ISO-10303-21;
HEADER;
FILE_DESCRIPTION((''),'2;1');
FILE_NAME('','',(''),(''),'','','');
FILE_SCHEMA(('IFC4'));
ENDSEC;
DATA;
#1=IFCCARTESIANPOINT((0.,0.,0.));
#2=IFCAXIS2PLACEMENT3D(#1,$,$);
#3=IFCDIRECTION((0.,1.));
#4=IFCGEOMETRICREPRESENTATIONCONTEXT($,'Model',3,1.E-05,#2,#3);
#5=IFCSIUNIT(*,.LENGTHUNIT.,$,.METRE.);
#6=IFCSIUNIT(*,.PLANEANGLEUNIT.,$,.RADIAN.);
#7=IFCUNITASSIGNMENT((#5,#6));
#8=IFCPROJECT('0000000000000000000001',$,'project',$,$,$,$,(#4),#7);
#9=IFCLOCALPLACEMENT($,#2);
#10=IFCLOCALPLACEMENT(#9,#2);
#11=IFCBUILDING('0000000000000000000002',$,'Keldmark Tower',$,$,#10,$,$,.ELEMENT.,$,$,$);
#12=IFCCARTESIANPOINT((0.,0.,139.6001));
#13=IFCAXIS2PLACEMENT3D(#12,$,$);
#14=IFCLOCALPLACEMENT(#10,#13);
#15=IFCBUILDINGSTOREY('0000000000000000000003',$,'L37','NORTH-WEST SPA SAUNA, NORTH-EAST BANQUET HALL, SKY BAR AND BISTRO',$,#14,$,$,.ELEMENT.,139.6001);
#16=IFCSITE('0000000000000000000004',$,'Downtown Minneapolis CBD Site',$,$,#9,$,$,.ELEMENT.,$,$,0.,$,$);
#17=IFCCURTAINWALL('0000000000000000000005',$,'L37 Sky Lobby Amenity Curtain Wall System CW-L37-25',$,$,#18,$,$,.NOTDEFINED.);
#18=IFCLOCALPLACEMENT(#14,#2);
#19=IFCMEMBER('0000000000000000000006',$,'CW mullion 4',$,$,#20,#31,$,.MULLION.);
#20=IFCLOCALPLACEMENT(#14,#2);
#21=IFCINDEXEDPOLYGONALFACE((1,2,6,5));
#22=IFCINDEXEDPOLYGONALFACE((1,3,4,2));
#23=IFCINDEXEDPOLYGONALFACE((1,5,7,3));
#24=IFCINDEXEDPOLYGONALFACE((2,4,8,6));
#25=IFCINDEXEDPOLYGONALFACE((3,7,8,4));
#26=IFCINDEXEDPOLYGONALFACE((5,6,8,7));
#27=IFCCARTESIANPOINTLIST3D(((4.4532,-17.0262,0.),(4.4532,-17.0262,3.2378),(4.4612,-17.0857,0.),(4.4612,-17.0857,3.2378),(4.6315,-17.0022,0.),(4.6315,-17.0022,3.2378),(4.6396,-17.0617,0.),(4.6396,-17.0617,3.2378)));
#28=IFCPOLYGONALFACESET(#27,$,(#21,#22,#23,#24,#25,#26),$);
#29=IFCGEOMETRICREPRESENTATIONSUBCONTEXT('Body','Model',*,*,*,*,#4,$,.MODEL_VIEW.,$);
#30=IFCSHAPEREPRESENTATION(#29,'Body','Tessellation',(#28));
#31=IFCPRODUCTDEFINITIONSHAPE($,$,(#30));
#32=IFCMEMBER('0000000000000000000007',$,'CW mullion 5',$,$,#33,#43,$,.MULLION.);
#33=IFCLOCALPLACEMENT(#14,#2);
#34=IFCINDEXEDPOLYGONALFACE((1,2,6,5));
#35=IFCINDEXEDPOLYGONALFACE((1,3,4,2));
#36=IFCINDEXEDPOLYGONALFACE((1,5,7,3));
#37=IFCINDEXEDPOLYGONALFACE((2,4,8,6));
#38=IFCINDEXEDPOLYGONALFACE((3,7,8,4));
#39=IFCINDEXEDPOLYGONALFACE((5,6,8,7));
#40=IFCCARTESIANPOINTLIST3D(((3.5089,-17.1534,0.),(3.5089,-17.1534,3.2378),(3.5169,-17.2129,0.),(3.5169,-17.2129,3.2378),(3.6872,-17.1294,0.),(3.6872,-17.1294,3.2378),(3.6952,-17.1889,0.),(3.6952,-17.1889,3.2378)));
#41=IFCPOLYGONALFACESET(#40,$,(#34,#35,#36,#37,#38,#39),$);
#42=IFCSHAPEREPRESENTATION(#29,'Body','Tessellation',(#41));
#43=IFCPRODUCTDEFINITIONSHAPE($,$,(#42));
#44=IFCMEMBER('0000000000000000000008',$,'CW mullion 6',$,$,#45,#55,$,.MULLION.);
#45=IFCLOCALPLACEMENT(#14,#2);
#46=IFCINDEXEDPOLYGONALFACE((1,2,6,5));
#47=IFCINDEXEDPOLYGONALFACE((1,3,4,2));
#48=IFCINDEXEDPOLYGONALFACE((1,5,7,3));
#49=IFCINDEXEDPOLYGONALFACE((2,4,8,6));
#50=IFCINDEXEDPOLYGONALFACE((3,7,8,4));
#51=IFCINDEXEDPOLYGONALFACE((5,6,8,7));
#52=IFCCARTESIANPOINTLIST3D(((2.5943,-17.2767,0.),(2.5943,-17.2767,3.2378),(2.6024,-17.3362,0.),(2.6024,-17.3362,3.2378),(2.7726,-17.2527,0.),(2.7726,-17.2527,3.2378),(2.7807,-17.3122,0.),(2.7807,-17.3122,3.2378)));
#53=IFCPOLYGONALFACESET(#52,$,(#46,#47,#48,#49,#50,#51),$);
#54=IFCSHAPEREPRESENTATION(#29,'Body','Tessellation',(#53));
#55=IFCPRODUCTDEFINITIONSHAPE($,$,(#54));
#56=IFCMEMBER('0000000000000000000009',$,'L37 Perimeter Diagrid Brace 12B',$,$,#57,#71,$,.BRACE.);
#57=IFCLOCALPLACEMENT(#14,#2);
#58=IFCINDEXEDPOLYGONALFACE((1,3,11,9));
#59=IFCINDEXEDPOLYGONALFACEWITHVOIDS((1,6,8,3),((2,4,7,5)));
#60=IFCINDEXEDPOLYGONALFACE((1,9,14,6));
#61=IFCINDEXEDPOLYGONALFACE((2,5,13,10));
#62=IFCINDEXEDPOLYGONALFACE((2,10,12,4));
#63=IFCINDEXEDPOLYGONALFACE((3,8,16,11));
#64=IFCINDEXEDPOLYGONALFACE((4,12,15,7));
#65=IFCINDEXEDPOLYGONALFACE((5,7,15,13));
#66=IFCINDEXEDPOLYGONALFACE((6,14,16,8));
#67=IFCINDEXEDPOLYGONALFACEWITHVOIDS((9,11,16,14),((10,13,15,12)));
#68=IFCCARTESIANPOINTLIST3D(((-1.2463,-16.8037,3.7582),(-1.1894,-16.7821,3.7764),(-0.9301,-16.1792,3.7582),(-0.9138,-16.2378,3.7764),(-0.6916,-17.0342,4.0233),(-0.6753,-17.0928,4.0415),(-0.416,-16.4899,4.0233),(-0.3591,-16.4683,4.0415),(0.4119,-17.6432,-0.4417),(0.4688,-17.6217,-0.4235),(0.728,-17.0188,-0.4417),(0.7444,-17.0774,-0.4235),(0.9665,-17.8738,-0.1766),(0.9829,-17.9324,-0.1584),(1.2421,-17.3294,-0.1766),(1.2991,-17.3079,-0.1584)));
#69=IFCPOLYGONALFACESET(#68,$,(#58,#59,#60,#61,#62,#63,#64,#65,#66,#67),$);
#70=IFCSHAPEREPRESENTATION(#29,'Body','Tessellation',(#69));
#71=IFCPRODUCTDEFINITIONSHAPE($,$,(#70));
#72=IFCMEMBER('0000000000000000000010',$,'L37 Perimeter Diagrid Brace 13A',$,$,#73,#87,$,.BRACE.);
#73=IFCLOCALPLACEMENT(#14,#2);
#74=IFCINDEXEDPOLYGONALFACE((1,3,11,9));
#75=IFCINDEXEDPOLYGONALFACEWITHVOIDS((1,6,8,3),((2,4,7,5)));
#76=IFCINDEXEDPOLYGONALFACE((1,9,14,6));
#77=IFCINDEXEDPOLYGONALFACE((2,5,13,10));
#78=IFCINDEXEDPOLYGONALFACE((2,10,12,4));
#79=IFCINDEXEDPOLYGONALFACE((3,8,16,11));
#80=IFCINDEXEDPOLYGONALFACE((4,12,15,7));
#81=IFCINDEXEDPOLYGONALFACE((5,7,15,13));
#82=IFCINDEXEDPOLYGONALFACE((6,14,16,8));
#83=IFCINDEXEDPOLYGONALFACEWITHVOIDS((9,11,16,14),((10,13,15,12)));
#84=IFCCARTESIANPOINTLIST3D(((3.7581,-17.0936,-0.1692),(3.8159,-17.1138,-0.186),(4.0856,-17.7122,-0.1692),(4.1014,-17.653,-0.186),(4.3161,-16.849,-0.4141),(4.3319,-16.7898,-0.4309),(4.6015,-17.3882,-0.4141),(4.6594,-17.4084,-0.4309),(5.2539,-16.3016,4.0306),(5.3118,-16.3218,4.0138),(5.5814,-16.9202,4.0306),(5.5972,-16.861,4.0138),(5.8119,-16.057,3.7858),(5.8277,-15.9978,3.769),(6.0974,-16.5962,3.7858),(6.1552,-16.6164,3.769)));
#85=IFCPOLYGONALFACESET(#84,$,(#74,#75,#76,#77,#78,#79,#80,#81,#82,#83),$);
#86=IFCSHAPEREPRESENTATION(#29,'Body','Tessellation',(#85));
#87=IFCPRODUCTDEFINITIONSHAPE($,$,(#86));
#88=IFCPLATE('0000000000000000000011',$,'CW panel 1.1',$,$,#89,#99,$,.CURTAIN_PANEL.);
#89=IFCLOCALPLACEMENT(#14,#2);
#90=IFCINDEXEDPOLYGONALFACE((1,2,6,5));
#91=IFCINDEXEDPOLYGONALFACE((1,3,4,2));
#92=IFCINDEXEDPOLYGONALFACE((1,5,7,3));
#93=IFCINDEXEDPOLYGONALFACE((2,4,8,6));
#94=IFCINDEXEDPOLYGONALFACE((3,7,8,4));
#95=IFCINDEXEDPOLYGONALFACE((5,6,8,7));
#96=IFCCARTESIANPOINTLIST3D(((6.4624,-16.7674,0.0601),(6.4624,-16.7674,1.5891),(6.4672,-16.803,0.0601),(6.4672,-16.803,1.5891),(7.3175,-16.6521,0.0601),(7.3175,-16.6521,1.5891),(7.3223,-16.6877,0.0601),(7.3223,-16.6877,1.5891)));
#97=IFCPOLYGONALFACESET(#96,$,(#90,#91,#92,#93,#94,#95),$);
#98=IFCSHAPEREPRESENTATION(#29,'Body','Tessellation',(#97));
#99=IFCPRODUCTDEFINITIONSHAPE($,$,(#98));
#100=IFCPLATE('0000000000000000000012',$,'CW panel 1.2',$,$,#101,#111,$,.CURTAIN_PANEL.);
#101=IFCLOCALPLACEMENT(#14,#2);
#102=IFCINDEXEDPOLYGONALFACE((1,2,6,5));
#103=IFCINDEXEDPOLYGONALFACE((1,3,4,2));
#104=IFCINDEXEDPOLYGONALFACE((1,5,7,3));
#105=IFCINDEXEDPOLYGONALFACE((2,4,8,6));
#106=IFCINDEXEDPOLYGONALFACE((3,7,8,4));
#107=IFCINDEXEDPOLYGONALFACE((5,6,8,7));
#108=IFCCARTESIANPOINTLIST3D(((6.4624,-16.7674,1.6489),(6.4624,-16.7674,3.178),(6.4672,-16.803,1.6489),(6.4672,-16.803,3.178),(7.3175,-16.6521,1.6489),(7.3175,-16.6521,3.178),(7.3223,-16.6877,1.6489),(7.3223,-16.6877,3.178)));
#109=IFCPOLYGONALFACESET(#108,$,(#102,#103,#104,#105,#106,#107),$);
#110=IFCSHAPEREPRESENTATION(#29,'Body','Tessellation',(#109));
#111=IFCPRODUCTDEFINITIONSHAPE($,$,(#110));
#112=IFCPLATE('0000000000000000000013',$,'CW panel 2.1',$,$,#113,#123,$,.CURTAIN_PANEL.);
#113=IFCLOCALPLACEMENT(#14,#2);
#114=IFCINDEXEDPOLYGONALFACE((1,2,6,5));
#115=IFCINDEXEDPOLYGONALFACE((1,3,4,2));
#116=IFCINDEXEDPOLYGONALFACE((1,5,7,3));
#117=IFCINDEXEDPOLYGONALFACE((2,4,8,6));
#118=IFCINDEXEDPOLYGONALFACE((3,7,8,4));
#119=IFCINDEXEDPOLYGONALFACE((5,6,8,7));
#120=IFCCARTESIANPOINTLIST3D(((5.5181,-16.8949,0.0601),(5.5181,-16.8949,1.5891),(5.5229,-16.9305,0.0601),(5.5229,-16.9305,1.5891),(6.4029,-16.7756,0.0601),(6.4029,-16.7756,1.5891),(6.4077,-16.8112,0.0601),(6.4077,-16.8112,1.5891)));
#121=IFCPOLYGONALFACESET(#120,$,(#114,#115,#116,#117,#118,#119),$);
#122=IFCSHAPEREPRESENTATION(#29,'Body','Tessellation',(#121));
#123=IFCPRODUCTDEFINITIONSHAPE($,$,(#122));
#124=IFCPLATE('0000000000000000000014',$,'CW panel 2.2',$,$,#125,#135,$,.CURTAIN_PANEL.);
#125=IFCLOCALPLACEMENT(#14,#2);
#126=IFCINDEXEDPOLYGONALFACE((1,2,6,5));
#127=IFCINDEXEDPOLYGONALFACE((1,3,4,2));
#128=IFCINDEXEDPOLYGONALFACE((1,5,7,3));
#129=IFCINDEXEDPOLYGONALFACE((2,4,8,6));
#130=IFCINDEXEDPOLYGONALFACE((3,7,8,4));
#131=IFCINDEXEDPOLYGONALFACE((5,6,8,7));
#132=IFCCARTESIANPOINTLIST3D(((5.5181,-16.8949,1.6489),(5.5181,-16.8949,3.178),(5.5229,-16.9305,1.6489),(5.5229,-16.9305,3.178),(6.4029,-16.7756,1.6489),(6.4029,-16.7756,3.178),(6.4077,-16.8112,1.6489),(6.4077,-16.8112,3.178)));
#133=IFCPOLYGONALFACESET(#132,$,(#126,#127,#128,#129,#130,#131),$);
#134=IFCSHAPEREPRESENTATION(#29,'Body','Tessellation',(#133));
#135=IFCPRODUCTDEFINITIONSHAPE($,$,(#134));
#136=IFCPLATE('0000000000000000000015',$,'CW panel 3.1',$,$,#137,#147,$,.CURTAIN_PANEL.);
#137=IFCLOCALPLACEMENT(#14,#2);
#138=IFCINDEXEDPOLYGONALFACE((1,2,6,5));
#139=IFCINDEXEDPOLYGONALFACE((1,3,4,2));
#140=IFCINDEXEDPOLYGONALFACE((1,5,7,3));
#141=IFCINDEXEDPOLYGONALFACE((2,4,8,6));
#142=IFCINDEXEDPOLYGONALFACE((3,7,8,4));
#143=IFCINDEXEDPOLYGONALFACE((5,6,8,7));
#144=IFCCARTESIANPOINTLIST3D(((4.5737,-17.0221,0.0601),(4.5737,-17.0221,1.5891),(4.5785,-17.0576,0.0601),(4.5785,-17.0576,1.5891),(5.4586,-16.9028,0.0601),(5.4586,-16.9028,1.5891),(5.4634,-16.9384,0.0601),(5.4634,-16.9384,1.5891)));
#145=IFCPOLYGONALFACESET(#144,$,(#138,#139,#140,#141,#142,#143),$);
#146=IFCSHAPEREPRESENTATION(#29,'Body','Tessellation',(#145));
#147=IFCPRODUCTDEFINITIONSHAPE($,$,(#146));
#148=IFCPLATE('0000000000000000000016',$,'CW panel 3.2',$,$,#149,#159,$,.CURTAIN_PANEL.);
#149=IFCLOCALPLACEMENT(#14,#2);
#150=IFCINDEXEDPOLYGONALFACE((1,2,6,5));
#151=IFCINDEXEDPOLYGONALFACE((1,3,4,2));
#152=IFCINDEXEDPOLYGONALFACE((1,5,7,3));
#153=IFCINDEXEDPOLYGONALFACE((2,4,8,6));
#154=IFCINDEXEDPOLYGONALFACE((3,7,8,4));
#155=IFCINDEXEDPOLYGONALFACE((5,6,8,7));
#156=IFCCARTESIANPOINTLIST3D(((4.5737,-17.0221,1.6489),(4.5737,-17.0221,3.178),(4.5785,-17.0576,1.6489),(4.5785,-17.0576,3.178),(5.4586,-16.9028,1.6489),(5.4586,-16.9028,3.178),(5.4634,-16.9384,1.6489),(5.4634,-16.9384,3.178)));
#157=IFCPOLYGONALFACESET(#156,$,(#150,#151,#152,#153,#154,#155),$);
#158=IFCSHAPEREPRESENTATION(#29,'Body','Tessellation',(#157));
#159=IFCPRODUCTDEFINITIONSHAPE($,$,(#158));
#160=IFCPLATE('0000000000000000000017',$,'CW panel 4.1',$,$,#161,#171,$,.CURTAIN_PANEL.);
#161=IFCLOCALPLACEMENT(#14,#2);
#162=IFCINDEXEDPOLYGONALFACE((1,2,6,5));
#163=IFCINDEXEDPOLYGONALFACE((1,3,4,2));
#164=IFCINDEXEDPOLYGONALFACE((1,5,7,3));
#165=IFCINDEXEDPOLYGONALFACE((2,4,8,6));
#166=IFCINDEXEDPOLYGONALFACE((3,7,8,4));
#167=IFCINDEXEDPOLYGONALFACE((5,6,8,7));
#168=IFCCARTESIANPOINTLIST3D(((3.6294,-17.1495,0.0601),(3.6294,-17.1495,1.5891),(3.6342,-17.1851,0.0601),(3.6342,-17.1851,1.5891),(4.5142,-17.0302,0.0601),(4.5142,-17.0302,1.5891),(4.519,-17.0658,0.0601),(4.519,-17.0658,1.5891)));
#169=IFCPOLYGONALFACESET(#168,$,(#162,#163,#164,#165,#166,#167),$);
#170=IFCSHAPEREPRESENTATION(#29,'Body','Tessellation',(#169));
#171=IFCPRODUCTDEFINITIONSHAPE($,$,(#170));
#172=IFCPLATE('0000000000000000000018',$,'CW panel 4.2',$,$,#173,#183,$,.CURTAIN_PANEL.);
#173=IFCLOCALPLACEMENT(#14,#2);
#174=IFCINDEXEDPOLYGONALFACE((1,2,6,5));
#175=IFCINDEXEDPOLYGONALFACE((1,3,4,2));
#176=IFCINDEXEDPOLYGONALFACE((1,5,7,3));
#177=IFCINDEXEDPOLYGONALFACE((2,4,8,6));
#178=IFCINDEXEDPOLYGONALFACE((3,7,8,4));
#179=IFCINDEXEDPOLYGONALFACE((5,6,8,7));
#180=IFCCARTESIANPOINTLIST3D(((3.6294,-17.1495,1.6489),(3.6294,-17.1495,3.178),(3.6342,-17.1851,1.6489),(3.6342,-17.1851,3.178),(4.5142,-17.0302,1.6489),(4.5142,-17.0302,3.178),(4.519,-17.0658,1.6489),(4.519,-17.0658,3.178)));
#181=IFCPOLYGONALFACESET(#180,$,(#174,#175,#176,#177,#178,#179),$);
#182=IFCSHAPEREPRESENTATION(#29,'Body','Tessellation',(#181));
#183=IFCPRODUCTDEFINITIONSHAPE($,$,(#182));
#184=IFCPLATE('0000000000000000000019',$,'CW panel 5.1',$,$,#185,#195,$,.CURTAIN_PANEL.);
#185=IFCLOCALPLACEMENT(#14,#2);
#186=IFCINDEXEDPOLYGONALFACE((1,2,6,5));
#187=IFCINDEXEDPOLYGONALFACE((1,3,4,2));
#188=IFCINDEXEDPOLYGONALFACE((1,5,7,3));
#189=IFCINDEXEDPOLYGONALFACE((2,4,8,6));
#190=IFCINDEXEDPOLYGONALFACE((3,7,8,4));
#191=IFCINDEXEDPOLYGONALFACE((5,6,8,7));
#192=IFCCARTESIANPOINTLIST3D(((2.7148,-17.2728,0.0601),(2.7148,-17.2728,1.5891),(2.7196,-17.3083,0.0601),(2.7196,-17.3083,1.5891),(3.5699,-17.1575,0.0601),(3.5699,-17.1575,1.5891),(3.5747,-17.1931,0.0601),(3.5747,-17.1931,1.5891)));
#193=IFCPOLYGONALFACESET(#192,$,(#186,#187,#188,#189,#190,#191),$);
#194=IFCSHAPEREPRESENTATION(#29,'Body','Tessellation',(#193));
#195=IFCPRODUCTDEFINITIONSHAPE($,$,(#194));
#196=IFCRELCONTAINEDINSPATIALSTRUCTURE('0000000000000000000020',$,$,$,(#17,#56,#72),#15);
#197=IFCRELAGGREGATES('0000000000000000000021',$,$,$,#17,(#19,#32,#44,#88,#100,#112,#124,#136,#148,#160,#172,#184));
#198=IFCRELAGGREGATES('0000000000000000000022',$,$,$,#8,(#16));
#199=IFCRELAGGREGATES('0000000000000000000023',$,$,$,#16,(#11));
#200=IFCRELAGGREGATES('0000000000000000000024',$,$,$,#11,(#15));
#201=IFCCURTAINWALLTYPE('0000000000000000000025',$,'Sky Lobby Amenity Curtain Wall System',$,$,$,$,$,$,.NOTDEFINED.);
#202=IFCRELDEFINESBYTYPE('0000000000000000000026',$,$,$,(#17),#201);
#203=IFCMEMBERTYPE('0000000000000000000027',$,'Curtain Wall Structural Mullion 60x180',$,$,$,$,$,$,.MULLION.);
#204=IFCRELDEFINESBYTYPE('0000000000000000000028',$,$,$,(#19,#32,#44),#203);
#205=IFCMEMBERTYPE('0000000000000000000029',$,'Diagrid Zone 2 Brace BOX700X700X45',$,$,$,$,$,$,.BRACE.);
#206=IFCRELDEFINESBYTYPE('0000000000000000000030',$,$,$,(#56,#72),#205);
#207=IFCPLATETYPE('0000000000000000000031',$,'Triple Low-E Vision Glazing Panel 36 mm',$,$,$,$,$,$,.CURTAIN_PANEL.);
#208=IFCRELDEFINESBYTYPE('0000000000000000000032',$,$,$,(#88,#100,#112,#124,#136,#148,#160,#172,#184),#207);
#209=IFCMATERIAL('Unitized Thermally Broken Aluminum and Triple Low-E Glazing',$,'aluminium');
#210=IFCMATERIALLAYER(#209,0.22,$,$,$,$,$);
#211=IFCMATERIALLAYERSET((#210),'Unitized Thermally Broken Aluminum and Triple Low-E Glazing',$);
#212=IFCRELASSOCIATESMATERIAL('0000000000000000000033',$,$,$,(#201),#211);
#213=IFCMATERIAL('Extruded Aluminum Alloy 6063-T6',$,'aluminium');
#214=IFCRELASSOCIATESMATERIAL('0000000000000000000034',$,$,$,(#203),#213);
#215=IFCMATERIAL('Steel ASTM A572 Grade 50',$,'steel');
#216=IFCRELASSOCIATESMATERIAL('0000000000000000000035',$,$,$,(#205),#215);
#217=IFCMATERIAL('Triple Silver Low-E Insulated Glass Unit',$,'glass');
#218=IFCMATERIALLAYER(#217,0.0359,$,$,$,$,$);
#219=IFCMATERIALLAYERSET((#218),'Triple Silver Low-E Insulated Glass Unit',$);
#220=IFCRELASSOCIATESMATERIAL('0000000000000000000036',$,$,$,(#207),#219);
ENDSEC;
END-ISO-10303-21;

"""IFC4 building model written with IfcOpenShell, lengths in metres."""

from ifc_helpers import new_model, si_unit, direction, frame, origin, origin_2d, place, context, subcontext, project, spatial, rectangle, hollow_rectangle, extrude, material, layer, layer_set, material_profile, profile_set, type_object, element, aggregate, save


model = new_model("IFC4")

# Units and contexts
model_context = context("Model", 3, precision=1e-05, world=origin(), true_north=direction((0.0, 1.0)))
body_context = subcontext(model_context, "Body", "Model", "MODEL_VIEW")
ifc_project = project(units=[si_unit("LENGTHUNIT", "METRE"), si_unit("PLANEANGLEUNIT", "RADIAN")], contexts=[model_context])

# Site, building, storey
site_placement = place(None, origin())
site = spatial("IfcSite", under=ifc_project, at=site_placement, Name="Downtown Minneapolis CBD Site", CompositionType="ELEMENT", RefElevation=0.0)
building_placement = place(site_placement, origin())
building = spatial("IfcBuilding", under=site, at=building_placement, Name="Keldmark Tower", CompositionType="ELEMENT")
storey_placement = place(building_placement, frame((0.0, 0.0, 139.6001)))
storey = spatial("IfcBuildingStorey", under=building, at=storey_placement, Name="L37", Description="NORTH-WEST SPA SAUNA, NORTH-EAST BANQUET HALL, SKY BAR AND BISTRO", CompositionType="ELEMENT", Elevation=139.6001)

# Curtain wall, members
ifc_material_1 = material(Name="Unitized Thermally Broken Aluminum and Triple Low-E Glazing", Category="aluminium")
ifc_layer_1 = layer(ifc_material_1, 0.22)
ifc_layer_set_1 = layer_set([ifc_layer_1], Name="Unitized Thermally Broken Aluminum and Triple Low-E Glazing")
curtain_wall_type = type_object("IfcCurtainWallType", Name="Sky Lobby Amenity Curtain Wall System", PredefinedType="NOTDEFINED", material=ifc_layer_set_1)
curtain_wall_placement = place(storey_placement, origin())
curtain_wall = element("IfcCurtainWall", 1, at=curtain_wall_placement, inside=storey, type_object=curtain_wall_type, Name="L37 Sky Lobby Amenity Curtain Wall System CW-L37-25", PredefinedType="NOTDEFINED")
ifc_material_2 = material(Name="Extruded Aluminum Alloy 6063-T6", Category="aluminium")
ifc_material_profile_1 = material_profile(ifc_material_2, rectangle(XDim=0.0601, YDim=0.1799, at=origin_2d()), Name="CWM60X180")
ifc_profile_set_1 = profile_set([ifc_material_profile_1], Name="Extruded Aluminum Alloy 6063-T6")
member_type_1 = type_object("IfcMemberType", Name="Curtain Wall Structural Mullion 60x180", PredefinedType="MULLION", material=ifc_profile_set_1)
member_1_placement = place(storey_placement, frame((4.5464, -17.0439, 0.0), z_axis=(0.0, 0.0, 1.0), x_axis=(0.133598, -0.991036, 0.0)))
member_1 = element("IfcMember", 2, at=member_1_placement, type_object=member_type_1, Name="CW mullion 4", PredefinedType="MULLION", context=body_context, shape_type="SweptSolid", body=[
    extrude(rectangle(XDim=0.0601, YDim=0.1799, at=origin_2d()), origin(), (0.0, 0.0, 1.0), 3.2378),
])
member_2_placement = place(storey_placement, frame((3.6021, -17.1711, 0.0), z_axis=(0.0, 0.0, 1.0), x_axis=(0.133598, -0.991036, 0.0)))
member_2 = element("IfcMember", 3, at=member_2_placement, type_object=member_type_1, Name="CW mullion 5", PredefinedType="MULLION", context=body_context, shape_type="SweptSolid", body=[
    extrude(rectangle(XDim=0.0601, YDim=0.1799, at=origin_2d()), origin(), (0.0, 0.0, 1.0), 3.2378),
])
member_3_placement = place(storey_placement, frame((2.6875, -17.2944, 0.0), z_axis=(0.0, 0.0, 1.0), x_axis=(0.133598, -0.991036, 0.0)))
member_3 = element("IfcMember", 4, at=member_3_placement, type_object=member_type_1, Name="CW mullion 6", PredefinedType="MULLION", context=body_context, shape_type="SweptSolid", body=[
    extrude(rectangle(XDim=0.0601, YDim=0.1799, at=origin_2d()), origin(), (0.0, 0.0, 1.0), 3.2378),
])

# Members
ifc_material_3 = material(Name="Steel ASTM A572 Grade 50", Category="steel")
ifc_material_profile_2 = material_profile(ifc_material_3, hollow_rectangle(XDim=0.7, YDim=0.7, WallThickness=0.0449, at=origin_2d()), Name="BOX700X700X45")
ifc_profile_set_2 = profile_set([ifc_material_profile_2], Name="Steel ASTM A572 Grade 50")
member_type_2 = type_object("IfcMemberType", Name="Diagrid Zone 2 Brace BOX700X700X45", PredefinedType="BRACE", material=ifc_profile_set_2)
member_4_placement = place(storey_placement, frame((0.8555, -17.4756, -0.3), z_axis=(-0.361041, 0.182806, 0.914457), x_axis=(-0.451726, -0.892156, 0.0)))
element("IfcMember", 5, at=member_4_placement, inside=storey, type_object=member_type_2, Name="L37 Perimeter Diagrid Brace 12B", PredefinedType="BRACE", context=body_context, shape_type="SweptSolid", body=[
    extrude(hollow_rectangle(XDim=0.7, YDim=0.7, WallThickness=0.0449, at=origin_2d()), origin(), (0.0, 0.0, 1.0), 4.5928),
])
member_5_placement = place(storey_placement, frame((4.2087, -17.251, -0.3), z_axis=(0.330342, 0.174903, 0.927514), x_axis=(-0.467921, 0.88377, 0.0)))
element("IfcMember", 6, at=member_5_placement, inside=storey, type_object=member_type_2, Name="L37 Perimeter Diagrid Brace 13A", PredefinedType="BRACE", context=body_context, shape_type="SweptSolid", body=[
    extrude(hollow_rectangle(XDim=0.7, YDim=0.7, WallThickness=0.0449, at=origin_2d()), origin(), (0.0, 0.0, 1.0), 4.5281),
])

# Plates
ifc_material_4 = material(Name="Triple Silver Low-E Insulated Glass Unit", Category="glass")
ifc_layer_2 = layer(ifc_material_4, 0.0359)
ifc_layer_set_2 = layer_set([ifc_layer_2], Name="Triple Silver Low-E Insulated Glass Unit")
plate_type = type_object("IfcPlateType", Name="Triple Low-E Vision Glazing Panel 36 mm", PredefinedType="CURTAIN_PANEL", material=ifc_layer_set_2)
plate_1_placement = place(storey_placement, frame((6.8923, -16.7275, 0.0601), z_axis=(0.0, 0.0, 1.0), x_axis=(-0.991036, -0.133598, 0.0)))
plate_1 = element("IfcPlate", 7, at=plate_1_placement, type_object=plate_type, Name="CW panel 1.1", PredefinedType="CURTAIN_PANEL", context=body_context, shape_type="SweptSolid", body=[
    extrude(rectangle(XDim=0.8628, YDim=0.0359, at=origin_2d()), origin(), (0.0, 0.0, 1.0), 1.5291),
])
plate_2_placement = place(storey_placement, frame((6.8923, -16.7275, 1.6489), z_axis=(0.0, 0.0, 1.0), x_axis=(-0.991036, -0.133598, 0.0)))
plate_2 = element("IfcPlate", 8, at=plate_2_placement, type_object=plate_type, Name="CW panel 1.2", PredefinedType="CURTAIN_PANEL", context=body_context, shape_type="SweptSolid", body=[
    extrude(rectangle(XDim=0.8628, YDim=0.0359, at=origin_2d()), origin(), (0.0, 0.0, 1.0), 1.5291),
])
plate_3_placement = place(storey_placement, frame((5.9629, -16.853, 0.0601), z_axis=(0.0, 0.0, 1.0), x_axis=(-0.991036, -0.133598, 0.0)))
plate_3 = element("IfcPlate", 9, at=plate_3_placement, type_object=plate_type, Name="CW panel 2.1", PredefinedType="CURTAIN_PANEL", context=body_context, shape_type="SweptSolid", body=[
    extrude(rectangle(XDim=0.8928, YDim=0.0359, at=origin_2d()), origin(), (0.0, 0.0, 1.0), 1.5291),
])
plate_4_placement = place(storey_placement, frame((5.9629, -16.853, 1.6489), z_axis=(0.0, 0.0, 1.0), x_axis=(-0.991036, -0.133598, 0.0)))
plate_4 = element("IfcPlate", 10, at=plate_4_placement, type_object=plate_type, Name="CW panel 2.2", PredefinedType="CURTAIN_PANEL", context=body_context, shape_type="SweptSolid", body=[
    extrude(rectangle(XDim=0.8928, YDim=0.0359, at=origin_2d()), origin(), (0.0, 0.0, 1.0), 1.5291),
])
plate_5_placement = place(storey_placement, frame((5.0186, -16.9802, 0.0601), z_axis=(0.0, 0.0, 1.0), x_axis=(-0.991036, -0.133598, 0.0)))
plate_5 = element("IfcPlate", 11, at=plate_5_placement, type_object=plate_type, Name="CW panel 3.1", PredefinedType="CURTAIN_PANEL", context=body_context, shape_type="SweptSolid", body=[
    extrude(rectangle(XDim=0.8928, YDim=0.0359, at=origin_2d()), origin(), (0.0, 0.0, 1.0), 1.5291),
])
plate_6_placement = place(storey_placement, frame((5.0186, -16.9802, 1.6489), z_axis=(0.0, 0.0, 1.0), x_axis=(-0.991036, -0.133598, 0.0)))
plate_6 = element("IfcPlate", 12, at=plate_6_placement, type_object=plate_type, Name="CW panel 3.2", PredefinedType="CURTAIN_PANEL", context=body_context, shape_type="SweptSolid", body=[
    extrude(rectangle(XDim=0.8928, YDim=0.0359, at=origin_2d()), origin(), (0.0, 0.0, 1.0), 1.5291),
])
plate_7_placement = place(storey_placement, frame((4.0742, -17.1077, 0.0601), z_axis=(0.0, 0.0, 1.0), x_axis=(-0.991036, -0.133598, 0.0)))
plate_7 = element("IfcPlate", 13, at=plate_7_placement, type_object=plate_type, Name="CW panel 4.1", PredefinedType="CURTAIN_PANEL", context=body_context, shape_type="SweptSolid", body=[
    extrude(rectangle(XDim=0.8928, YDim=0.0359, at=origin_2d()), origin(), (0.0, 0.0, 1.0), 1.5291),
])
plate_8_placement = place(storey_placement, frame((4.0742, -17.1077, 1.6489), z_axis=(0.0, 0.0, 1.0), x_axis=(-0.991036, -0.133598, 0.0)))
plate_8 = element("IfcPlate", 14, at=plate_8_placement, type_object=plate_type, Name="CW panel 4.2", PredefinedType="CURTAIN_PANEL", context=body_context, shape_type="SweptSolid", body=[
    extrude(rectangle(XDim=0.8928, YDim=0.0359, at=origin_2d()), origin(), (0.0, 0.0, 1.0), 1.5291),
])
plate_9_placement = place(storey_placement, frame((3.1448, -17.2329, 0.0601), z_axis=(0.0, 0.0, 1.0), x_axis=(-0.991036, -0.133598, 0.0)))
plate_9 = element("IfcPlate", 15, at=plate_9_placement, type_object=plate_type, Name="CW panel 5.1", PredefinedType="CURTAIN_PANEL", context=body_context, shape_type="SweptSolid", body=[
    extrude(rectangle(XDim=0.8628, YDim=0.0359, at=origin_2d()), origin(), (0.0, 0.0, 1.0), 1.5291),
])
aggregate(curtain_wall, [member_1, member_2, member_3, plate_1, plate_2, plate_3, plate_4, plate_5, plate_6, plate_7, plate_8, plate_9])

save(model, "model.ifc")
